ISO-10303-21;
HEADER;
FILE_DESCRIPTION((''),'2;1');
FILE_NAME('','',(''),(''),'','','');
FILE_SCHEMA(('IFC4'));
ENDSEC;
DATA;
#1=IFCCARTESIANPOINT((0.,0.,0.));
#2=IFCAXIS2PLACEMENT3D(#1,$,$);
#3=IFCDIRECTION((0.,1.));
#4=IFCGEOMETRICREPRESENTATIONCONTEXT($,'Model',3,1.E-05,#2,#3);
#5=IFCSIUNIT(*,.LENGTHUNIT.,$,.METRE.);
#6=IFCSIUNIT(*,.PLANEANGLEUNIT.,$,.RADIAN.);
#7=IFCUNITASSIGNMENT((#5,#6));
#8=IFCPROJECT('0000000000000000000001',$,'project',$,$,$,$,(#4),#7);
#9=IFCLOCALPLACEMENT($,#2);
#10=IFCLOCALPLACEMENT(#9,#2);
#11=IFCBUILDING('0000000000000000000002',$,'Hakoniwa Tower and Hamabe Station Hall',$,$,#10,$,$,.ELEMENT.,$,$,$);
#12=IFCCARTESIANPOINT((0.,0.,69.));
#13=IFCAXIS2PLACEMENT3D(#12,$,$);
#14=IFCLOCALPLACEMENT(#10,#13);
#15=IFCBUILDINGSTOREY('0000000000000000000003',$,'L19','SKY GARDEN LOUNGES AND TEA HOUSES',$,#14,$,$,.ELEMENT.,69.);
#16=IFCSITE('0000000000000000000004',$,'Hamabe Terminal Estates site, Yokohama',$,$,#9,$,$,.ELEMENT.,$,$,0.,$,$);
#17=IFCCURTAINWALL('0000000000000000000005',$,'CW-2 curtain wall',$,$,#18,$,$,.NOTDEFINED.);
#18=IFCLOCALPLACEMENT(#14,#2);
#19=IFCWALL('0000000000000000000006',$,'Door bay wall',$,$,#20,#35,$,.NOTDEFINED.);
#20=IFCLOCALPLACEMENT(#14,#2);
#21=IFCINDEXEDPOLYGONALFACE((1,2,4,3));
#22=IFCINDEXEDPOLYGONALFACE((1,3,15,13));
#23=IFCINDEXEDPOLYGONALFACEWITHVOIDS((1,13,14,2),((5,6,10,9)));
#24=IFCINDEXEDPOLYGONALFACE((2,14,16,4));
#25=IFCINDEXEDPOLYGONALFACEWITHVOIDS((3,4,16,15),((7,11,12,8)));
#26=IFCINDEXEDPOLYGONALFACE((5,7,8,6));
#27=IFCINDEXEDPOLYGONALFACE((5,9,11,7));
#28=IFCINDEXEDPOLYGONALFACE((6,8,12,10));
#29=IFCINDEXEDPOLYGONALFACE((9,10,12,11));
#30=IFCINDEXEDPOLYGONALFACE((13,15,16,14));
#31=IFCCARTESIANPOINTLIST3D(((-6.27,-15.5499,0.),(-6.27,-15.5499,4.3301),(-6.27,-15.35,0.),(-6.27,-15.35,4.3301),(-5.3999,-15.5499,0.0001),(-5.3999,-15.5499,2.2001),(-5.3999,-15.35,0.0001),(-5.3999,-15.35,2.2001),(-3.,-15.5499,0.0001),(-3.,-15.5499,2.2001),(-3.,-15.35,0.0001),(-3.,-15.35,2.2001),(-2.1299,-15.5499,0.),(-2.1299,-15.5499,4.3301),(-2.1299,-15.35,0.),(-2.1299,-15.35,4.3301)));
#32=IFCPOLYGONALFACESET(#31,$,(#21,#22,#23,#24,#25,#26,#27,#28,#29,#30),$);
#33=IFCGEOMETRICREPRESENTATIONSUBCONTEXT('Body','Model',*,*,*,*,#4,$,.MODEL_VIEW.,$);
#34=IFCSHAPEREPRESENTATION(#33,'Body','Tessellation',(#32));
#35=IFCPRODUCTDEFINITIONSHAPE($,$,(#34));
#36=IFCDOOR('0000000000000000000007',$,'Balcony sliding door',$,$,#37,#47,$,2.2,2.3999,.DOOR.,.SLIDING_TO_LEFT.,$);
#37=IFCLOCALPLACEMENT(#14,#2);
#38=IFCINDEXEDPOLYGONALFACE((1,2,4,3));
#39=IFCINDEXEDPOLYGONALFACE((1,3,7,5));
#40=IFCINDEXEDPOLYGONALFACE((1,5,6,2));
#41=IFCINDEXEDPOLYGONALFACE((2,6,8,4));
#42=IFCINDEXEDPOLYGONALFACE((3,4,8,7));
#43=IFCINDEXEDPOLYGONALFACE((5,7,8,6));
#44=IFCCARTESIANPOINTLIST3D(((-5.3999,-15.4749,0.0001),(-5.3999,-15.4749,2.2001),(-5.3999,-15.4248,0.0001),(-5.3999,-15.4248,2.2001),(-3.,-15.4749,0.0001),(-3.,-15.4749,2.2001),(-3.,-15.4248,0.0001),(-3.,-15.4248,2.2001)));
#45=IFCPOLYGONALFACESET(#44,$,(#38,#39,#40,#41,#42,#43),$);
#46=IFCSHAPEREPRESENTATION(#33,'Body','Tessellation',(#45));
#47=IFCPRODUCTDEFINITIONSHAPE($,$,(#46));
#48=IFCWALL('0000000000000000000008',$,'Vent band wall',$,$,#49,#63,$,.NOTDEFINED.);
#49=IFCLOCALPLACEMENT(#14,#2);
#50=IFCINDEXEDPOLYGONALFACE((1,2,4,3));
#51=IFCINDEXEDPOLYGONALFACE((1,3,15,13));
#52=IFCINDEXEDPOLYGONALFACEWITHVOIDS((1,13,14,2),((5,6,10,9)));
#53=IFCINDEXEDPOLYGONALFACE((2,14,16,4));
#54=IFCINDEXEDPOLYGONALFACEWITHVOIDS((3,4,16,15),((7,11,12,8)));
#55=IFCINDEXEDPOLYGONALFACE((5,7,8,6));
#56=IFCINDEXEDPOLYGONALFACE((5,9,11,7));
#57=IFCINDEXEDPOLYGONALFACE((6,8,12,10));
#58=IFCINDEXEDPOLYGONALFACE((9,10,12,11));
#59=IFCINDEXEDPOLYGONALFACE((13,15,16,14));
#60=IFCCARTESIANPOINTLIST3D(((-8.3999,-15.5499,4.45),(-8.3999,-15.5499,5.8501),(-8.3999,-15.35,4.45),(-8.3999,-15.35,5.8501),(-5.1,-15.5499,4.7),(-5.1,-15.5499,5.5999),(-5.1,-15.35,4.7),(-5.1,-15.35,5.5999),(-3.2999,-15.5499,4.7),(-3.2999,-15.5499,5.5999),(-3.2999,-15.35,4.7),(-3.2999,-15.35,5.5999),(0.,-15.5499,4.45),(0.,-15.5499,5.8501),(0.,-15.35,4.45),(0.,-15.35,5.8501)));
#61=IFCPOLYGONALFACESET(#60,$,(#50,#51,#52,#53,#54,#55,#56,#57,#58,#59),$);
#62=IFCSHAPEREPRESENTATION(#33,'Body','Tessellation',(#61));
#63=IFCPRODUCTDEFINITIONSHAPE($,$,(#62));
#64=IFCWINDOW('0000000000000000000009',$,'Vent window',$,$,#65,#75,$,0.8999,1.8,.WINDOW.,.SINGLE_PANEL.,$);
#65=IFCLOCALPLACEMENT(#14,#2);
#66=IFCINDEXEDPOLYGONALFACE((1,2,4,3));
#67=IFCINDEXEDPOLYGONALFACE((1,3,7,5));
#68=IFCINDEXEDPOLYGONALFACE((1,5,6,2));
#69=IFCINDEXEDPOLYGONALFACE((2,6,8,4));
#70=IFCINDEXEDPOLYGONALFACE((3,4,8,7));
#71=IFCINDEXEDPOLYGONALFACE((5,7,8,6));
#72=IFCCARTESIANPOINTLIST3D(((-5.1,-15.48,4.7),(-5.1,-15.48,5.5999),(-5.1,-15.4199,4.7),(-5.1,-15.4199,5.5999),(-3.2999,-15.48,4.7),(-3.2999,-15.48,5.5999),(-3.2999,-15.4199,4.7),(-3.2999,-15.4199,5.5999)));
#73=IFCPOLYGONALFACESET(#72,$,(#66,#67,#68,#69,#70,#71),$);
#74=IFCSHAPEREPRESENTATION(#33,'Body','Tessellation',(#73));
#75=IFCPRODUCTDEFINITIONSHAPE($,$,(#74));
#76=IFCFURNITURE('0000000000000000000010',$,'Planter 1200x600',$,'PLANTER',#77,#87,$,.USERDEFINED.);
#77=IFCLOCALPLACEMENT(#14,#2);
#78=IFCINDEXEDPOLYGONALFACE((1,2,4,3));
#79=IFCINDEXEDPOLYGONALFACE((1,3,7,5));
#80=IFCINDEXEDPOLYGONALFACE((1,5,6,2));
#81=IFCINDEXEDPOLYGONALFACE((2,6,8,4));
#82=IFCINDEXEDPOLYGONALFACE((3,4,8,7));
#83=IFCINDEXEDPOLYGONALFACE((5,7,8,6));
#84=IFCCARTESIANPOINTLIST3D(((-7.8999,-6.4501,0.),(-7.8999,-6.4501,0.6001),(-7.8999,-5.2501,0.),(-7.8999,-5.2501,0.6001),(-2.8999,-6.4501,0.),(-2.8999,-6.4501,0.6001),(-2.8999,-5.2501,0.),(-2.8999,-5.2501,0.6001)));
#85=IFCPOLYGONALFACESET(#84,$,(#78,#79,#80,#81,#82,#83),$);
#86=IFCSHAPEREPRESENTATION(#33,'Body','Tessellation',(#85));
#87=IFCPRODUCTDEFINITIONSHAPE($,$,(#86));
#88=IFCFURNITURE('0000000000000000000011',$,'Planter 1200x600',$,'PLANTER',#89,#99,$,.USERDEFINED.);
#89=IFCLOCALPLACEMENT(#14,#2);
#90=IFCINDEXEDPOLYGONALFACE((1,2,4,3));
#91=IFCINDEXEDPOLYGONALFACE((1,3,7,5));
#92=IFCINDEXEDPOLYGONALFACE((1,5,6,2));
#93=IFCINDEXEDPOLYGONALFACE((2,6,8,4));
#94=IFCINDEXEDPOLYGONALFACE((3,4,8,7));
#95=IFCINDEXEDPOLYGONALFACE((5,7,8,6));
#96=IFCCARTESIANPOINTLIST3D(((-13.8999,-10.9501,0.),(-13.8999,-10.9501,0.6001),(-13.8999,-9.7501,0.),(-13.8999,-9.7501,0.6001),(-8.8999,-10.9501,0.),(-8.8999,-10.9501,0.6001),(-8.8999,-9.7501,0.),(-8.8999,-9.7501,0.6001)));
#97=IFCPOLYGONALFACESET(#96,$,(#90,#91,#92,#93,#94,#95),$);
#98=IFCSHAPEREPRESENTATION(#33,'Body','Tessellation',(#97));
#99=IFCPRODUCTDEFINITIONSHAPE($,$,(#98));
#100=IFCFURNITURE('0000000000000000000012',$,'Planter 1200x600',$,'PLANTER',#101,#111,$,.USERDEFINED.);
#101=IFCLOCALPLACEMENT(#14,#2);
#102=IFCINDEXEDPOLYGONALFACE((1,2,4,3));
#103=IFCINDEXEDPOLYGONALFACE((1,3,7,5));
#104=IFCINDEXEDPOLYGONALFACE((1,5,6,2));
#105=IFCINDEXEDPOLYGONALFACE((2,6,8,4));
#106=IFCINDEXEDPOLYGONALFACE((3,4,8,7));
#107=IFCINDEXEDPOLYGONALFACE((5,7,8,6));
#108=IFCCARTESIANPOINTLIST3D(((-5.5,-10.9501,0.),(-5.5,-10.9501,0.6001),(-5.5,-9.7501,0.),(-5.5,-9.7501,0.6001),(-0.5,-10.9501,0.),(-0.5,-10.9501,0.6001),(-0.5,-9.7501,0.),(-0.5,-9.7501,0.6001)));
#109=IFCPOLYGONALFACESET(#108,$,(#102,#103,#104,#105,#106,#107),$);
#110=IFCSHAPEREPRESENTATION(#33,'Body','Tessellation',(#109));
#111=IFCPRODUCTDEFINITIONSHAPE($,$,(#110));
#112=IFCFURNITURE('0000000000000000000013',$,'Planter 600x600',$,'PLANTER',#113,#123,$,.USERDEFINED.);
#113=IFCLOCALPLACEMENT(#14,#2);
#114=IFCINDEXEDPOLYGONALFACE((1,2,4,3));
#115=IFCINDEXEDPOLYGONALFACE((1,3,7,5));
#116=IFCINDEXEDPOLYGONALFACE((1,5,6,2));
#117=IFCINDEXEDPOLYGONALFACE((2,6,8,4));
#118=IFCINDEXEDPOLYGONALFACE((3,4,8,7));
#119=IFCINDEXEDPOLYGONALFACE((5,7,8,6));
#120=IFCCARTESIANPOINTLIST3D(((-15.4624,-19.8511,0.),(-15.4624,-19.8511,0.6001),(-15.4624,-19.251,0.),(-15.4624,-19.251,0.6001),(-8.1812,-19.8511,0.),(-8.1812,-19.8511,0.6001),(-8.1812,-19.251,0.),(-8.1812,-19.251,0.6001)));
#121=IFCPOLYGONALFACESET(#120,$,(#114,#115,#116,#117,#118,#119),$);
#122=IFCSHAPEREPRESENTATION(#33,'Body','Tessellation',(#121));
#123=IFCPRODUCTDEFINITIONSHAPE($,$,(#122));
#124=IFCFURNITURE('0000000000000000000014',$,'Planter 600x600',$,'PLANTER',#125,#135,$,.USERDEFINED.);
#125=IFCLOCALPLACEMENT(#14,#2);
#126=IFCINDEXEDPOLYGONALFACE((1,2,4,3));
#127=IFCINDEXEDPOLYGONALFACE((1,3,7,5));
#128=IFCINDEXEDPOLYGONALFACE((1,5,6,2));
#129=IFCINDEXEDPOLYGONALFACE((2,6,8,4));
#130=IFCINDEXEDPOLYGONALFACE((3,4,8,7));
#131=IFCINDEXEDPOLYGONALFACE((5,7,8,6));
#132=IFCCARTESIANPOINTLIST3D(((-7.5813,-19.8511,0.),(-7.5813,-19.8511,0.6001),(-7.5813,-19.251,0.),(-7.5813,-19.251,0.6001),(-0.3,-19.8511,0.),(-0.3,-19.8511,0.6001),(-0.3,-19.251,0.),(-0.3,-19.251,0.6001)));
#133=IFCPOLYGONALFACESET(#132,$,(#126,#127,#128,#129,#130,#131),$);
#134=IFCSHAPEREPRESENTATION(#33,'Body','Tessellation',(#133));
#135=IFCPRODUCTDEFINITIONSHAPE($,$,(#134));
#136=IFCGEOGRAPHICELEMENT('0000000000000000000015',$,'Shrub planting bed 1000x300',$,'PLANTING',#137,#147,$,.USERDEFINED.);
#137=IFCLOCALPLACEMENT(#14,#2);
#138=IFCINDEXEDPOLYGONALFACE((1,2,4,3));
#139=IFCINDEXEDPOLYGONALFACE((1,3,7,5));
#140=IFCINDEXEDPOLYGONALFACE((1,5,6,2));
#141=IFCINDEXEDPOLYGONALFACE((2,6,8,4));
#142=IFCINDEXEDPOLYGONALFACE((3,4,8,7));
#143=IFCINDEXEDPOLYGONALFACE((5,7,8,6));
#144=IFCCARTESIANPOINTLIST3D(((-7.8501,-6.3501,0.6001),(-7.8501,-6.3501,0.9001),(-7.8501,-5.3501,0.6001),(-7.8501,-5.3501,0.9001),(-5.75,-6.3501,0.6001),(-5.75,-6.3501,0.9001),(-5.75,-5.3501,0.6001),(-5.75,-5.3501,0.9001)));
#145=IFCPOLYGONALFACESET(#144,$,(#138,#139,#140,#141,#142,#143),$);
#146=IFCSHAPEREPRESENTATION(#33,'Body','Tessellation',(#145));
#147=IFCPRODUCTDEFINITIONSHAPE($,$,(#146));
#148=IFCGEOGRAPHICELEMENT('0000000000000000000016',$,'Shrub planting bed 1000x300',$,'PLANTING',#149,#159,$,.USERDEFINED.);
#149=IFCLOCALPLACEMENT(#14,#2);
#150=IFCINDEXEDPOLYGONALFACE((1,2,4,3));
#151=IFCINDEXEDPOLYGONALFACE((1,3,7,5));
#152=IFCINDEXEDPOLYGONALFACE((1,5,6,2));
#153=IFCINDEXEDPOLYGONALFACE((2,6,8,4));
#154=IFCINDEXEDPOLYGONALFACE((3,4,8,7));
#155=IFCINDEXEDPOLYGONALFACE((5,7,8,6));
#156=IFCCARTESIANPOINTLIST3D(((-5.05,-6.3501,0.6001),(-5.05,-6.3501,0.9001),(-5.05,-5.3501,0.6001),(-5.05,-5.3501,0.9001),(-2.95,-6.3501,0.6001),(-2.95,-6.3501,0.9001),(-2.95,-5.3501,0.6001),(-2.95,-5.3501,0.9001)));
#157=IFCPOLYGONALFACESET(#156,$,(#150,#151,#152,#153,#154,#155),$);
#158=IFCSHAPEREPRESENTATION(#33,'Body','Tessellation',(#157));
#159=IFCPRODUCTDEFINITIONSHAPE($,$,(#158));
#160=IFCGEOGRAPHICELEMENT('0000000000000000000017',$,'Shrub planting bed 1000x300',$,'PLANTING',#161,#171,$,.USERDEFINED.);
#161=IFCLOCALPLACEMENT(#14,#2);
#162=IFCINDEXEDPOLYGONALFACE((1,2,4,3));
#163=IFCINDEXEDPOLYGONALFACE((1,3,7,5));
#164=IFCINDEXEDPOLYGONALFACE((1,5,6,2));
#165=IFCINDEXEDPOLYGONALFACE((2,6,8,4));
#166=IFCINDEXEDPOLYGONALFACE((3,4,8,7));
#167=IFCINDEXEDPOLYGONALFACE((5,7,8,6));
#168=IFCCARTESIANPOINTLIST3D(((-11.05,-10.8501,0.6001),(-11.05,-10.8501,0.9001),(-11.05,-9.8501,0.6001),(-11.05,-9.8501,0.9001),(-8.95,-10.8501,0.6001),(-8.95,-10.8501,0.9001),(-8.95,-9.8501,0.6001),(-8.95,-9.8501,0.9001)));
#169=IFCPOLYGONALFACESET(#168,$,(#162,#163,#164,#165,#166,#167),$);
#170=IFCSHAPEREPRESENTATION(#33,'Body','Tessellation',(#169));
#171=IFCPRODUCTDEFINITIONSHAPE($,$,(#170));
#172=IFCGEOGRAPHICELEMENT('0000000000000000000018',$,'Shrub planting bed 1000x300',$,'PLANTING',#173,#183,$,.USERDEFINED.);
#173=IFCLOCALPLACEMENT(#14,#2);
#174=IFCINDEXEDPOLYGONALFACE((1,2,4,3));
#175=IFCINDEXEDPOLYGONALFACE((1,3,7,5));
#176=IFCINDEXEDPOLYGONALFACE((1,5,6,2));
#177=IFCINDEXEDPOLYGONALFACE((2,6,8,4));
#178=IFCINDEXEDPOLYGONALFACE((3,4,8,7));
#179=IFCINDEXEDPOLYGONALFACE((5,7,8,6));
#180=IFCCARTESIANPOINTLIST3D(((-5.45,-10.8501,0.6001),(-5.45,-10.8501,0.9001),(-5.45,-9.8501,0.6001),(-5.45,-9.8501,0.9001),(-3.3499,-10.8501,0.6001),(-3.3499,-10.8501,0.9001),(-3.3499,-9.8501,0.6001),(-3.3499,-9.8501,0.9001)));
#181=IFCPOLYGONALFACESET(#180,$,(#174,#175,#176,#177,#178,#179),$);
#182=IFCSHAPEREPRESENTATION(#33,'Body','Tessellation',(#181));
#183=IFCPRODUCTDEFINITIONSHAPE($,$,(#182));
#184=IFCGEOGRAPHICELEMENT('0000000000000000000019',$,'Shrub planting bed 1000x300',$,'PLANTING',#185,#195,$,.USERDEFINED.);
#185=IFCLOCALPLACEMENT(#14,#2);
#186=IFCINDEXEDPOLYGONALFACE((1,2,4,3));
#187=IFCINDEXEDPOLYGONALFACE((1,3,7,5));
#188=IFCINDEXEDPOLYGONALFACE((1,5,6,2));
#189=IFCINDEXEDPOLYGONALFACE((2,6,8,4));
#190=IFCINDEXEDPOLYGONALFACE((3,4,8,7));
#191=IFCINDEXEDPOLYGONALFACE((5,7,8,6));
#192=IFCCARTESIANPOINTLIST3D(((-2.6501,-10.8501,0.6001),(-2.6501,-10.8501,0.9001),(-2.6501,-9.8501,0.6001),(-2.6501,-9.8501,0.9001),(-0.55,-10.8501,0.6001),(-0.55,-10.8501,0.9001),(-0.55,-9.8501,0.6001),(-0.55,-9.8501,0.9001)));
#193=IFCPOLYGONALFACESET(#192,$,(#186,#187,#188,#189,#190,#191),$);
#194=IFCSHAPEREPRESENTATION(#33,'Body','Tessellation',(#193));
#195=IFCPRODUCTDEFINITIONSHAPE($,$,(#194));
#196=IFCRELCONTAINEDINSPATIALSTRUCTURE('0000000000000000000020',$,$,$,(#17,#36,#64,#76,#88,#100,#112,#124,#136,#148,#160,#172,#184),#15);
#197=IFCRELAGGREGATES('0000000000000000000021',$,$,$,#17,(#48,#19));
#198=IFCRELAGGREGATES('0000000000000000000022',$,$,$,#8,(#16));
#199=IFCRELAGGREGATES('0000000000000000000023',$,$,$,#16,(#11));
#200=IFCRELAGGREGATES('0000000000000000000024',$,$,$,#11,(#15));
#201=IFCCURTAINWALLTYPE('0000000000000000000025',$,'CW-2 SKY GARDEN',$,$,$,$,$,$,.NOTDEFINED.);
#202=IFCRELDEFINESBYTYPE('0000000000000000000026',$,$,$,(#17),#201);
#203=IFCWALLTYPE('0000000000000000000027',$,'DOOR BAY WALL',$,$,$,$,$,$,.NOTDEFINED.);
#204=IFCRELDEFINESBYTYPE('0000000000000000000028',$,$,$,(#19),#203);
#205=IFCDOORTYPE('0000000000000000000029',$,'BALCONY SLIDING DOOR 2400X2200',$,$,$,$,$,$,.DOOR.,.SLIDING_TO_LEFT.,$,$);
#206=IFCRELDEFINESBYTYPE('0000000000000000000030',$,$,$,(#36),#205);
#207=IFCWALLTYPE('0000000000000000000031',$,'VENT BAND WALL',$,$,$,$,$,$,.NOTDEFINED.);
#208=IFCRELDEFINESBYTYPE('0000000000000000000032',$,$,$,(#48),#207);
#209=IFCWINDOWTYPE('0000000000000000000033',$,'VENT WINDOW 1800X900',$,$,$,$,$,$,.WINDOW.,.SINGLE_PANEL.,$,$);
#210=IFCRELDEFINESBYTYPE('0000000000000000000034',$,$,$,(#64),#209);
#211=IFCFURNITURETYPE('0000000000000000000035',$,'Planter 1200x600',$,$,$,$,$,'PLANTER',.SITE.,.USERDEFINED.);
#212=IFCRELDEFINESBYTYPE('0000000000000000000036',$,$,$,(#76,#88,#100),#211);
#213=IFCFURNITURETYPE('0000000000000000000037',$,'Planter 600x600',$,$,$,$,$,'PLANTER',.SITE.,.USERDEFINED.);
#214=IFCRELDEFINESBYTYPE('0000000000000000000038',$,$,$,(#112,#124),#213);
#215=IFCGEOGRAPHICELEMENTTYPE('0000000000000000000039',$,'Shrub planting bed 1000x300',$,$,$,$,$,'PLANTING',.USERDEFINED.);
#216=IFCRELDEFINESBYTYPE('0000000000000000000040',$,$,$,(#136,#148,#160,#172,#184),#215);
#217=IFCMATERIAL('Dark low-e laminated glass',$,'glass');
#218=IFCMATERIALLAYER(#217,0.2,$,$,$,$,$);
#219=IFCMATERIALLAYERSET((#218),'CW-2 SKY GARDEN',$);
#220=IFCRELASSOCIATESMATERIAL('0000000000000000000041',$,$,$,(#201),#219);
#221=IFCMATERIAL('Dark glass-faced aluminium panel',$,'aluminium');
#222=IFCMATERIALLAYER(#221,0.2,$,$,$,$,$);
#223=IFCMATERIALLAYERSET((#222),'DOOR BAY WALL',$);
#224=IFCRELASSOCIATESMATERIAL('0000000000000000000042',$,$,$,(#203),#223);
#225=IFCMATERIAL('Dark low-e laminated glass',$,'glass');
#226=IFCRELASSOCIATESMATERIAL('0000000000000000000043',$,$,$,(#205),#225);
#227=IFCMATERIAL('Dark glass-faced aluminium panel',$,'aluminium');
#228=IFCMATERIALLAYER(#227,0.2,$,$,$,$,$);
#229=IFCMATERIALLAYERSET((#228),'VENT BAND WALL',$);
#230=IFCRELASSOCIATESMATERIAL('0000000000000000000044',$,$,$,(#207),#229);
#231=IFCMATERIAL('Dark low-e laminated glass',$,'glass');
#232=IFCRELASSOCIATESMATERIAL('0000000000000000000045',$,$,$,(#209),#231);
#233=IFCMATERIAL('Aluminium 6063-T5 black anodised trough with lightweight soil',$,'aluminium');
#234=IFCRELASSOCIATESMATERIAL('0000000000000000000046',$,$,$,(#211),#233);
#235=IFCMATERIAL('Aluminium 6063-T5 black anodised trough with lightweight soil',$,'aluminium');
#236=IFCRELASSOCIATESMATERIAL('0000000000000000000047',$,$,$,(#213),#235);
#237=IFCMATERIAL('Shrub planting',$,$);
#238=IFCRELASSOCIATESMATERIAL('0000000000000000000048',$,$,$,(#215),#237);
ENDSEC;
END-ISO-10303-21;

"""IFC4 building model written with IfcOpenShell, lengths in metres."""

from ifc_helpers import new_model, si_unit, direction, frame, frame_2d, origin, origin_2d, place, context, subcontext, project, spatial, rectangle, extrude, material, layer, layer_set, type_object, element, fill, aggregate, save


model = new_model("IFC4")

# Units and contexts
model_context = context("Model", 3, precision=1e-05, world=origin(), true_north=direction((0.0, 1.0)))
body_context = subcontext(model_context, "Body", "Model", "MODEL_VIEW")
ifc_project = project(units=[si_unit("LENGTHUNIT", "METRE"), si_unit("PLANEANGLEUNIT", "RADIAN")], contexts=[model_context])

# Site, building, storey
site_placement = place(None, origin())
site = spatial("IfcSite", under=ifc_project, at=site_placement, Name="Hamabe Terminal Estates site, Yokohama", CompositionType="ELEMENT", RefElevation=0.0)
building_placement = place(site_placement, origin())
building = spatial("IfcBuilding", under=site, at=building_placement, Name="Hakoniwa Tower and Hamabe Station Hall", CompositionType="ELEMENT")
storey_placement = place(building_placement, frame((0.0, 0.0, 69.0)))
storey = spatial("IfcBuildingStorey", under=building, at=storey_placement, Name="L19", Description="SKY GARDEN LOUNGES AND TEA HOUSES", CompositionType="ELEMENT", Elevation=69.0)

# Curtain wall, walls, openings, door, window
ifc_material_1 = material(Name="Dark low-e laminated glass", Category="glass")
ifc_layer_1 = layer(ifc_material_1, 0.2)
ifc_layer_set_1 = layer_set([ifc_layer_1], Name="CW-2 SKY GARDEN")
curtain_wall_type = type_object("IfcCurtainWallType", Name="CW-2 SKY GARDEN", PredefinedType="NOTDEFINED", material=ifc_layer_set_1)
curtain_wall_placement = place(storey_placement, origin())
curtain_wall = element("IfcCurtainWall", 1, at=curtain_wall_placement, inside=storey, type_object=curtain_wall_type, Name="CW-2 curtain wall", PredefinedType="NOTDEFINED")
ifc_material_2 = material(Name="Dark glass-faced aluminium panel", Category="aluminium")
ifc_layer_2 = layer(ifc_material_2, 0.2)
ifc_layer_set_2 = layer_set([ifc_layer_2], Name="DOOR BAY WALL")
wall_type_1 = type_object("IfcWallType", Name="DOOR BAY WALL", PredefinedType="NOTDEFINED", material=ifc_layer_set_2)
wall_1_placement = place(storey_placement, frame((-6.27, -15.45, 0.0), z_axis=(0.0, 0.0, 1.0), x_axis=(1.0, 0.0, 0.0)))
wall_1 = element("IfcWall", 2, at=wall_1_placement, type_object=wall_type_1, Name="Door bay wall", PredefinedType="NOTDEFINED", context=body_context, shape_type="SweptSolid", body=[
    extrude(rectangle(XDim=4.1401, YDim=0.2, at=frame_2d((2.0701, 0.0))), origin(), (0.0, 0.0, 1.0), 4.3301),
])
opening_1_placement = place(wall_1_placement, frame((0.8701, 0.0, 0.0)))
opening_1 = element("IfcOpeningElement", 3, at=opening_1_placement, cuts=wall_1, PredefinedType="OPENING", context=body_context, shape_type="SweptSolid", body=[
    extrude(rectangle(XDim=2.3999, YDim=2.2, at=frame_2d((1.2, 1.1001))), frame((0.0, 0.1099, 0.0), z_axis=(0.0, -1.0, 0.0), x_axis=(1.0, 0.0, 0.0)), (0.0, 0.0, 1.0), 0.22),
])
ifc_material_3 = material(Name="Dark low-e laminated glass", Category="glass")
door_type = type_object("IfcDoorType", Name="BALCONY SLIDING DOOR 2400X2200", OperationType="SLIDING_TO_LEFT", PredefinedType="DOOR", material=ifc_material_3)
door_placement = place(opening_1_placement, frame((2.3999, 0.0, 0.0), z_axis=(0.0, 0.0, 1.0), x_axis=(-1.0, 0.0, 0.0)))
door = element("IfcDoor", 4, at=door_placement, inside=storey, type_object=door_type, Name="Balcony sliding door", OperationType="SLIDING_TO_LEFT", OverallHeight=2.2, OverallWidth=2.3999, PredefinedType="DOOR", context=body_context, shape_type="SweptSolid", body=[
    extrude(rectangle(XDim=2.3999, YDim=2.2, at=frame_2d((1.2, 1.1001))), frame((0.0, 0.0249, 0.0), z_axis=(0.0, -1.0, 0.0), x_axis=(1.0, 0.0, 0.0)), (0.0, 0.0, 1.0), 0.05),
])
fill(opening_1, door)
ifc_material_4 = material(Name="Dark glass-faced aluminium panel", Category="aluminium")
ifc_layer_3 = layer(ifc_material_4, 0.2)
ifc_layer_set_3 = layer_set([ifc_layer_3], Name="VENT BAND WALL")
wall_type_2 = type_object("IfcWallType", Name="VENT BAND WALL", PredefinedType="NOTDEFINED", material=ifc_layer_set_3)
wall_2_placement = place(storey_placement, frame((-8.3999, -15.45, 4.45), z_axis=(0.0, 0.0, 1.0), x_axis=(1.0, 0.0, 0.0)))
wall_2 = element("IfcWall", 5, at=wall_2_placement, type_object=wall_type_2, Name="Vent band wall", PredefinedType="NOTDEFINED", context=body_context, shape_type="SweptSolid", body=[
    extrude(rectangle(XDim=8.3999, YDim=0.2, at=frame_2d((4.2, 0.0))), origin(), (0.0, 0.0, 1.0), 1.4001),
])
opening_2_placement = place(wall_2_placement, frame((3.3, 0.0, 0.25)))
opening_2 = element("IfcOpeningElement", 6, at=opening_2_placement, cuts=wall_2, PredefinedType="OPENING", context=body_context, shape_type="SweptSolid", body=[
    extrude(rectangle(XDim=1.8, YDim=0.8999, at=frame_2d((0.8999, 0.45))), frame((0.0, 0.1099, 0.0), z_axis=(0.0, -1.0, 0.0), x_axis=(1.0, 0.0, 0.0)), (0.0, 0.0, 1.0), 0.22),
])
ifc_material_5 = material(Name="Dark low-e laminated glass", Category="glass")
window_type = type_object("IfcWindowType", Name="VENT WINDOW 1800X900", PartitioningType="SINGLE_PANEL", PredefinedType="WINDOW", material=ifc_material_5)
window_placement = place(opening_2_placement, origin())
window = element("IfcWindow", 7, at=window_placement, inside=storey, type_object=window_type, Name="Vent window", OverallHeight=0.8999, OverallWidth=1.8, PartitioningType="SINGLE_PANEL", PredefinedType="WINDOW", context=body_context, shape_type="SweptSolid", body=[
    extrude(rectangle(XDim=1.8, YDim=0.8999, at=frame_2d((0.8999, 0.45))), frame((0.0, 0.03, 0.0), z_axis=(0.0, -1.0, 0.0), x_axis=(1.0, 0.0, 0.0)), (0.0, 0.0, 1.0), 0.0601),
])
fill(opening_2, window)
aggregate(curtain_wall, [wall_2, wall_1])

# Furniture
ifc_material_6 = material(Name="Aluminium 6063-T5 black anodised trough with lightweight soil", Category="aluminium")
furniture_type_1 = type_object("IfcFurnitureType", Name="Planter 1200x600", ElementType="PLANTER", AssemblyPlace="SITE", PredefinedType="USERDEFINED", material=ifc_material_6)
for number, where, z_axis, x_axis, name in (
    (8, (-5.3999, -5.8501, 0.0), (0.0, 0.0, 1.0), (1.0, 0.0, 0.0), "Planter 1200x600"),
    (9, (-11.3999, -10.3501, 0.0), (0.0, 0.0, 1.0), (1.0, 0.0, 0.0), "Planter 1200x600"),
    (10, (-3.0, -10.3501, 0.0), (0.0, 0.0, 1.0), (1.0, 0.0, 0.0), "Planter 1200x600"),
):
    element("IfcFurniture", number, at=place(storey_placement, frame(where, z_axis=z_axis, x_axis=x_axis)), inside=storey, type_object=furniture_type_1, Name=name, ObjectType="PLANTER", PredefinedType="USERDEFINED", context=body_context, shape_type="SweptSolid", body=[
        extrude(rectangle(XDim=5.0, YDim=1.2, at=origin_2d()), origin(), (0.0, 0.0, 1.0), 0.6001),
    ])
ifc_material_7 = material(Name="Aluminium 6063-T5 black anodised trough with lightweight soil", Category="aluminium")
furniture_type_2 = type_object("IfcFurnitureType", Name="Planter 600x600", ElementType="PLANTER", AssemblyPlace="SITE", PredefinedType="USERDEFINED", material=ifc_material_7)
for number, where, z_axis, x_axis, name in (
    (11, (-11.8218, -19.551, 0.0), (0.0, 0.0, 1.0), (1.0, 0.0, 0.0), "Planter 600x600"),
    (12, (-3.9407, -19.551, 0.0), (0.0, 0.0, 1.0), (1.0, 0.0, 0.0), "Planter 600x600"),
):
    element("IfcFurniture", number, at=place(storey_placement, frame(where, z_axis=z_axis, x_axis=x_axis)), inside=storey, type_object=furniture_type_2, Name=name, ObjectType="PLANTER", PredefinedType="USERDEFINED", context=body_context, shape_type="SweptSolid", body=[
        extrude(rectangle(XDim=7.2812, YDim=0.6001, at=origin_2d()), origin(), (0.0, 0.0, 1.0), 0.6001),
    ])

# Geographic elements
ifc_material_8 = material(Name="Shrub planting")
geographic_element_type_1 = type_object("IfcGeographicElementType", Name="Shrub planting bed 1000x300", ElementType="PLANTING", PredefinedType="USERDEFINED", material=ifc_material_8)
for number, where, z_axis, x_axis, name in (
    (13, (-6.8, -5.8501, 0.6001), (0.0, 0.0, 1.0), (1.0, 0.0, 0.0), "Shrub planting bed 1000x300"),
    (14, (-4.0, -5.8501, 0.6001), (0.0, 0.0, 1.0), (1.0, 0.0, 0.0), "Shrub planting bed 1000x300"),
    (15, (-10.0, -10.3501, 0.6001), (0.0, 0.0, 1.0), (1.0, 0.0, 0.0), "Shrub planting bed 1000x300"),
    (16, (-4.3999, -10.3501, 0.6001), (0.0, 0.0, 1.0), (1.0, 0.0, 0.0), "Shrub planting bed 1000x300"),
    (17, (-1.6001, -10.3501, 0.6001), (0.0, 0.0, 1.0), (1.0, 0.0, 0.0), "Shrub planting bed 1000x300"),
):
    element("IfcGeographicElement", number, at=place(storey_placement, frame(where, z_axis=z_axis, x_axis=x_axis)), inside=storey, type_object=geographic_element_type_1, Name=name, ObjectType="PLANTING", PredefinedType="USERDEFINED", context=body_context, shape_type="SweptSolid", body=[
        extrude(rectangle(XDim=2.1001, YDim=1.0, at=origin_2d()), origin(), (0.0, 0.0, 1.0), 0.3),
    ])

save(model, "model.ifc")
